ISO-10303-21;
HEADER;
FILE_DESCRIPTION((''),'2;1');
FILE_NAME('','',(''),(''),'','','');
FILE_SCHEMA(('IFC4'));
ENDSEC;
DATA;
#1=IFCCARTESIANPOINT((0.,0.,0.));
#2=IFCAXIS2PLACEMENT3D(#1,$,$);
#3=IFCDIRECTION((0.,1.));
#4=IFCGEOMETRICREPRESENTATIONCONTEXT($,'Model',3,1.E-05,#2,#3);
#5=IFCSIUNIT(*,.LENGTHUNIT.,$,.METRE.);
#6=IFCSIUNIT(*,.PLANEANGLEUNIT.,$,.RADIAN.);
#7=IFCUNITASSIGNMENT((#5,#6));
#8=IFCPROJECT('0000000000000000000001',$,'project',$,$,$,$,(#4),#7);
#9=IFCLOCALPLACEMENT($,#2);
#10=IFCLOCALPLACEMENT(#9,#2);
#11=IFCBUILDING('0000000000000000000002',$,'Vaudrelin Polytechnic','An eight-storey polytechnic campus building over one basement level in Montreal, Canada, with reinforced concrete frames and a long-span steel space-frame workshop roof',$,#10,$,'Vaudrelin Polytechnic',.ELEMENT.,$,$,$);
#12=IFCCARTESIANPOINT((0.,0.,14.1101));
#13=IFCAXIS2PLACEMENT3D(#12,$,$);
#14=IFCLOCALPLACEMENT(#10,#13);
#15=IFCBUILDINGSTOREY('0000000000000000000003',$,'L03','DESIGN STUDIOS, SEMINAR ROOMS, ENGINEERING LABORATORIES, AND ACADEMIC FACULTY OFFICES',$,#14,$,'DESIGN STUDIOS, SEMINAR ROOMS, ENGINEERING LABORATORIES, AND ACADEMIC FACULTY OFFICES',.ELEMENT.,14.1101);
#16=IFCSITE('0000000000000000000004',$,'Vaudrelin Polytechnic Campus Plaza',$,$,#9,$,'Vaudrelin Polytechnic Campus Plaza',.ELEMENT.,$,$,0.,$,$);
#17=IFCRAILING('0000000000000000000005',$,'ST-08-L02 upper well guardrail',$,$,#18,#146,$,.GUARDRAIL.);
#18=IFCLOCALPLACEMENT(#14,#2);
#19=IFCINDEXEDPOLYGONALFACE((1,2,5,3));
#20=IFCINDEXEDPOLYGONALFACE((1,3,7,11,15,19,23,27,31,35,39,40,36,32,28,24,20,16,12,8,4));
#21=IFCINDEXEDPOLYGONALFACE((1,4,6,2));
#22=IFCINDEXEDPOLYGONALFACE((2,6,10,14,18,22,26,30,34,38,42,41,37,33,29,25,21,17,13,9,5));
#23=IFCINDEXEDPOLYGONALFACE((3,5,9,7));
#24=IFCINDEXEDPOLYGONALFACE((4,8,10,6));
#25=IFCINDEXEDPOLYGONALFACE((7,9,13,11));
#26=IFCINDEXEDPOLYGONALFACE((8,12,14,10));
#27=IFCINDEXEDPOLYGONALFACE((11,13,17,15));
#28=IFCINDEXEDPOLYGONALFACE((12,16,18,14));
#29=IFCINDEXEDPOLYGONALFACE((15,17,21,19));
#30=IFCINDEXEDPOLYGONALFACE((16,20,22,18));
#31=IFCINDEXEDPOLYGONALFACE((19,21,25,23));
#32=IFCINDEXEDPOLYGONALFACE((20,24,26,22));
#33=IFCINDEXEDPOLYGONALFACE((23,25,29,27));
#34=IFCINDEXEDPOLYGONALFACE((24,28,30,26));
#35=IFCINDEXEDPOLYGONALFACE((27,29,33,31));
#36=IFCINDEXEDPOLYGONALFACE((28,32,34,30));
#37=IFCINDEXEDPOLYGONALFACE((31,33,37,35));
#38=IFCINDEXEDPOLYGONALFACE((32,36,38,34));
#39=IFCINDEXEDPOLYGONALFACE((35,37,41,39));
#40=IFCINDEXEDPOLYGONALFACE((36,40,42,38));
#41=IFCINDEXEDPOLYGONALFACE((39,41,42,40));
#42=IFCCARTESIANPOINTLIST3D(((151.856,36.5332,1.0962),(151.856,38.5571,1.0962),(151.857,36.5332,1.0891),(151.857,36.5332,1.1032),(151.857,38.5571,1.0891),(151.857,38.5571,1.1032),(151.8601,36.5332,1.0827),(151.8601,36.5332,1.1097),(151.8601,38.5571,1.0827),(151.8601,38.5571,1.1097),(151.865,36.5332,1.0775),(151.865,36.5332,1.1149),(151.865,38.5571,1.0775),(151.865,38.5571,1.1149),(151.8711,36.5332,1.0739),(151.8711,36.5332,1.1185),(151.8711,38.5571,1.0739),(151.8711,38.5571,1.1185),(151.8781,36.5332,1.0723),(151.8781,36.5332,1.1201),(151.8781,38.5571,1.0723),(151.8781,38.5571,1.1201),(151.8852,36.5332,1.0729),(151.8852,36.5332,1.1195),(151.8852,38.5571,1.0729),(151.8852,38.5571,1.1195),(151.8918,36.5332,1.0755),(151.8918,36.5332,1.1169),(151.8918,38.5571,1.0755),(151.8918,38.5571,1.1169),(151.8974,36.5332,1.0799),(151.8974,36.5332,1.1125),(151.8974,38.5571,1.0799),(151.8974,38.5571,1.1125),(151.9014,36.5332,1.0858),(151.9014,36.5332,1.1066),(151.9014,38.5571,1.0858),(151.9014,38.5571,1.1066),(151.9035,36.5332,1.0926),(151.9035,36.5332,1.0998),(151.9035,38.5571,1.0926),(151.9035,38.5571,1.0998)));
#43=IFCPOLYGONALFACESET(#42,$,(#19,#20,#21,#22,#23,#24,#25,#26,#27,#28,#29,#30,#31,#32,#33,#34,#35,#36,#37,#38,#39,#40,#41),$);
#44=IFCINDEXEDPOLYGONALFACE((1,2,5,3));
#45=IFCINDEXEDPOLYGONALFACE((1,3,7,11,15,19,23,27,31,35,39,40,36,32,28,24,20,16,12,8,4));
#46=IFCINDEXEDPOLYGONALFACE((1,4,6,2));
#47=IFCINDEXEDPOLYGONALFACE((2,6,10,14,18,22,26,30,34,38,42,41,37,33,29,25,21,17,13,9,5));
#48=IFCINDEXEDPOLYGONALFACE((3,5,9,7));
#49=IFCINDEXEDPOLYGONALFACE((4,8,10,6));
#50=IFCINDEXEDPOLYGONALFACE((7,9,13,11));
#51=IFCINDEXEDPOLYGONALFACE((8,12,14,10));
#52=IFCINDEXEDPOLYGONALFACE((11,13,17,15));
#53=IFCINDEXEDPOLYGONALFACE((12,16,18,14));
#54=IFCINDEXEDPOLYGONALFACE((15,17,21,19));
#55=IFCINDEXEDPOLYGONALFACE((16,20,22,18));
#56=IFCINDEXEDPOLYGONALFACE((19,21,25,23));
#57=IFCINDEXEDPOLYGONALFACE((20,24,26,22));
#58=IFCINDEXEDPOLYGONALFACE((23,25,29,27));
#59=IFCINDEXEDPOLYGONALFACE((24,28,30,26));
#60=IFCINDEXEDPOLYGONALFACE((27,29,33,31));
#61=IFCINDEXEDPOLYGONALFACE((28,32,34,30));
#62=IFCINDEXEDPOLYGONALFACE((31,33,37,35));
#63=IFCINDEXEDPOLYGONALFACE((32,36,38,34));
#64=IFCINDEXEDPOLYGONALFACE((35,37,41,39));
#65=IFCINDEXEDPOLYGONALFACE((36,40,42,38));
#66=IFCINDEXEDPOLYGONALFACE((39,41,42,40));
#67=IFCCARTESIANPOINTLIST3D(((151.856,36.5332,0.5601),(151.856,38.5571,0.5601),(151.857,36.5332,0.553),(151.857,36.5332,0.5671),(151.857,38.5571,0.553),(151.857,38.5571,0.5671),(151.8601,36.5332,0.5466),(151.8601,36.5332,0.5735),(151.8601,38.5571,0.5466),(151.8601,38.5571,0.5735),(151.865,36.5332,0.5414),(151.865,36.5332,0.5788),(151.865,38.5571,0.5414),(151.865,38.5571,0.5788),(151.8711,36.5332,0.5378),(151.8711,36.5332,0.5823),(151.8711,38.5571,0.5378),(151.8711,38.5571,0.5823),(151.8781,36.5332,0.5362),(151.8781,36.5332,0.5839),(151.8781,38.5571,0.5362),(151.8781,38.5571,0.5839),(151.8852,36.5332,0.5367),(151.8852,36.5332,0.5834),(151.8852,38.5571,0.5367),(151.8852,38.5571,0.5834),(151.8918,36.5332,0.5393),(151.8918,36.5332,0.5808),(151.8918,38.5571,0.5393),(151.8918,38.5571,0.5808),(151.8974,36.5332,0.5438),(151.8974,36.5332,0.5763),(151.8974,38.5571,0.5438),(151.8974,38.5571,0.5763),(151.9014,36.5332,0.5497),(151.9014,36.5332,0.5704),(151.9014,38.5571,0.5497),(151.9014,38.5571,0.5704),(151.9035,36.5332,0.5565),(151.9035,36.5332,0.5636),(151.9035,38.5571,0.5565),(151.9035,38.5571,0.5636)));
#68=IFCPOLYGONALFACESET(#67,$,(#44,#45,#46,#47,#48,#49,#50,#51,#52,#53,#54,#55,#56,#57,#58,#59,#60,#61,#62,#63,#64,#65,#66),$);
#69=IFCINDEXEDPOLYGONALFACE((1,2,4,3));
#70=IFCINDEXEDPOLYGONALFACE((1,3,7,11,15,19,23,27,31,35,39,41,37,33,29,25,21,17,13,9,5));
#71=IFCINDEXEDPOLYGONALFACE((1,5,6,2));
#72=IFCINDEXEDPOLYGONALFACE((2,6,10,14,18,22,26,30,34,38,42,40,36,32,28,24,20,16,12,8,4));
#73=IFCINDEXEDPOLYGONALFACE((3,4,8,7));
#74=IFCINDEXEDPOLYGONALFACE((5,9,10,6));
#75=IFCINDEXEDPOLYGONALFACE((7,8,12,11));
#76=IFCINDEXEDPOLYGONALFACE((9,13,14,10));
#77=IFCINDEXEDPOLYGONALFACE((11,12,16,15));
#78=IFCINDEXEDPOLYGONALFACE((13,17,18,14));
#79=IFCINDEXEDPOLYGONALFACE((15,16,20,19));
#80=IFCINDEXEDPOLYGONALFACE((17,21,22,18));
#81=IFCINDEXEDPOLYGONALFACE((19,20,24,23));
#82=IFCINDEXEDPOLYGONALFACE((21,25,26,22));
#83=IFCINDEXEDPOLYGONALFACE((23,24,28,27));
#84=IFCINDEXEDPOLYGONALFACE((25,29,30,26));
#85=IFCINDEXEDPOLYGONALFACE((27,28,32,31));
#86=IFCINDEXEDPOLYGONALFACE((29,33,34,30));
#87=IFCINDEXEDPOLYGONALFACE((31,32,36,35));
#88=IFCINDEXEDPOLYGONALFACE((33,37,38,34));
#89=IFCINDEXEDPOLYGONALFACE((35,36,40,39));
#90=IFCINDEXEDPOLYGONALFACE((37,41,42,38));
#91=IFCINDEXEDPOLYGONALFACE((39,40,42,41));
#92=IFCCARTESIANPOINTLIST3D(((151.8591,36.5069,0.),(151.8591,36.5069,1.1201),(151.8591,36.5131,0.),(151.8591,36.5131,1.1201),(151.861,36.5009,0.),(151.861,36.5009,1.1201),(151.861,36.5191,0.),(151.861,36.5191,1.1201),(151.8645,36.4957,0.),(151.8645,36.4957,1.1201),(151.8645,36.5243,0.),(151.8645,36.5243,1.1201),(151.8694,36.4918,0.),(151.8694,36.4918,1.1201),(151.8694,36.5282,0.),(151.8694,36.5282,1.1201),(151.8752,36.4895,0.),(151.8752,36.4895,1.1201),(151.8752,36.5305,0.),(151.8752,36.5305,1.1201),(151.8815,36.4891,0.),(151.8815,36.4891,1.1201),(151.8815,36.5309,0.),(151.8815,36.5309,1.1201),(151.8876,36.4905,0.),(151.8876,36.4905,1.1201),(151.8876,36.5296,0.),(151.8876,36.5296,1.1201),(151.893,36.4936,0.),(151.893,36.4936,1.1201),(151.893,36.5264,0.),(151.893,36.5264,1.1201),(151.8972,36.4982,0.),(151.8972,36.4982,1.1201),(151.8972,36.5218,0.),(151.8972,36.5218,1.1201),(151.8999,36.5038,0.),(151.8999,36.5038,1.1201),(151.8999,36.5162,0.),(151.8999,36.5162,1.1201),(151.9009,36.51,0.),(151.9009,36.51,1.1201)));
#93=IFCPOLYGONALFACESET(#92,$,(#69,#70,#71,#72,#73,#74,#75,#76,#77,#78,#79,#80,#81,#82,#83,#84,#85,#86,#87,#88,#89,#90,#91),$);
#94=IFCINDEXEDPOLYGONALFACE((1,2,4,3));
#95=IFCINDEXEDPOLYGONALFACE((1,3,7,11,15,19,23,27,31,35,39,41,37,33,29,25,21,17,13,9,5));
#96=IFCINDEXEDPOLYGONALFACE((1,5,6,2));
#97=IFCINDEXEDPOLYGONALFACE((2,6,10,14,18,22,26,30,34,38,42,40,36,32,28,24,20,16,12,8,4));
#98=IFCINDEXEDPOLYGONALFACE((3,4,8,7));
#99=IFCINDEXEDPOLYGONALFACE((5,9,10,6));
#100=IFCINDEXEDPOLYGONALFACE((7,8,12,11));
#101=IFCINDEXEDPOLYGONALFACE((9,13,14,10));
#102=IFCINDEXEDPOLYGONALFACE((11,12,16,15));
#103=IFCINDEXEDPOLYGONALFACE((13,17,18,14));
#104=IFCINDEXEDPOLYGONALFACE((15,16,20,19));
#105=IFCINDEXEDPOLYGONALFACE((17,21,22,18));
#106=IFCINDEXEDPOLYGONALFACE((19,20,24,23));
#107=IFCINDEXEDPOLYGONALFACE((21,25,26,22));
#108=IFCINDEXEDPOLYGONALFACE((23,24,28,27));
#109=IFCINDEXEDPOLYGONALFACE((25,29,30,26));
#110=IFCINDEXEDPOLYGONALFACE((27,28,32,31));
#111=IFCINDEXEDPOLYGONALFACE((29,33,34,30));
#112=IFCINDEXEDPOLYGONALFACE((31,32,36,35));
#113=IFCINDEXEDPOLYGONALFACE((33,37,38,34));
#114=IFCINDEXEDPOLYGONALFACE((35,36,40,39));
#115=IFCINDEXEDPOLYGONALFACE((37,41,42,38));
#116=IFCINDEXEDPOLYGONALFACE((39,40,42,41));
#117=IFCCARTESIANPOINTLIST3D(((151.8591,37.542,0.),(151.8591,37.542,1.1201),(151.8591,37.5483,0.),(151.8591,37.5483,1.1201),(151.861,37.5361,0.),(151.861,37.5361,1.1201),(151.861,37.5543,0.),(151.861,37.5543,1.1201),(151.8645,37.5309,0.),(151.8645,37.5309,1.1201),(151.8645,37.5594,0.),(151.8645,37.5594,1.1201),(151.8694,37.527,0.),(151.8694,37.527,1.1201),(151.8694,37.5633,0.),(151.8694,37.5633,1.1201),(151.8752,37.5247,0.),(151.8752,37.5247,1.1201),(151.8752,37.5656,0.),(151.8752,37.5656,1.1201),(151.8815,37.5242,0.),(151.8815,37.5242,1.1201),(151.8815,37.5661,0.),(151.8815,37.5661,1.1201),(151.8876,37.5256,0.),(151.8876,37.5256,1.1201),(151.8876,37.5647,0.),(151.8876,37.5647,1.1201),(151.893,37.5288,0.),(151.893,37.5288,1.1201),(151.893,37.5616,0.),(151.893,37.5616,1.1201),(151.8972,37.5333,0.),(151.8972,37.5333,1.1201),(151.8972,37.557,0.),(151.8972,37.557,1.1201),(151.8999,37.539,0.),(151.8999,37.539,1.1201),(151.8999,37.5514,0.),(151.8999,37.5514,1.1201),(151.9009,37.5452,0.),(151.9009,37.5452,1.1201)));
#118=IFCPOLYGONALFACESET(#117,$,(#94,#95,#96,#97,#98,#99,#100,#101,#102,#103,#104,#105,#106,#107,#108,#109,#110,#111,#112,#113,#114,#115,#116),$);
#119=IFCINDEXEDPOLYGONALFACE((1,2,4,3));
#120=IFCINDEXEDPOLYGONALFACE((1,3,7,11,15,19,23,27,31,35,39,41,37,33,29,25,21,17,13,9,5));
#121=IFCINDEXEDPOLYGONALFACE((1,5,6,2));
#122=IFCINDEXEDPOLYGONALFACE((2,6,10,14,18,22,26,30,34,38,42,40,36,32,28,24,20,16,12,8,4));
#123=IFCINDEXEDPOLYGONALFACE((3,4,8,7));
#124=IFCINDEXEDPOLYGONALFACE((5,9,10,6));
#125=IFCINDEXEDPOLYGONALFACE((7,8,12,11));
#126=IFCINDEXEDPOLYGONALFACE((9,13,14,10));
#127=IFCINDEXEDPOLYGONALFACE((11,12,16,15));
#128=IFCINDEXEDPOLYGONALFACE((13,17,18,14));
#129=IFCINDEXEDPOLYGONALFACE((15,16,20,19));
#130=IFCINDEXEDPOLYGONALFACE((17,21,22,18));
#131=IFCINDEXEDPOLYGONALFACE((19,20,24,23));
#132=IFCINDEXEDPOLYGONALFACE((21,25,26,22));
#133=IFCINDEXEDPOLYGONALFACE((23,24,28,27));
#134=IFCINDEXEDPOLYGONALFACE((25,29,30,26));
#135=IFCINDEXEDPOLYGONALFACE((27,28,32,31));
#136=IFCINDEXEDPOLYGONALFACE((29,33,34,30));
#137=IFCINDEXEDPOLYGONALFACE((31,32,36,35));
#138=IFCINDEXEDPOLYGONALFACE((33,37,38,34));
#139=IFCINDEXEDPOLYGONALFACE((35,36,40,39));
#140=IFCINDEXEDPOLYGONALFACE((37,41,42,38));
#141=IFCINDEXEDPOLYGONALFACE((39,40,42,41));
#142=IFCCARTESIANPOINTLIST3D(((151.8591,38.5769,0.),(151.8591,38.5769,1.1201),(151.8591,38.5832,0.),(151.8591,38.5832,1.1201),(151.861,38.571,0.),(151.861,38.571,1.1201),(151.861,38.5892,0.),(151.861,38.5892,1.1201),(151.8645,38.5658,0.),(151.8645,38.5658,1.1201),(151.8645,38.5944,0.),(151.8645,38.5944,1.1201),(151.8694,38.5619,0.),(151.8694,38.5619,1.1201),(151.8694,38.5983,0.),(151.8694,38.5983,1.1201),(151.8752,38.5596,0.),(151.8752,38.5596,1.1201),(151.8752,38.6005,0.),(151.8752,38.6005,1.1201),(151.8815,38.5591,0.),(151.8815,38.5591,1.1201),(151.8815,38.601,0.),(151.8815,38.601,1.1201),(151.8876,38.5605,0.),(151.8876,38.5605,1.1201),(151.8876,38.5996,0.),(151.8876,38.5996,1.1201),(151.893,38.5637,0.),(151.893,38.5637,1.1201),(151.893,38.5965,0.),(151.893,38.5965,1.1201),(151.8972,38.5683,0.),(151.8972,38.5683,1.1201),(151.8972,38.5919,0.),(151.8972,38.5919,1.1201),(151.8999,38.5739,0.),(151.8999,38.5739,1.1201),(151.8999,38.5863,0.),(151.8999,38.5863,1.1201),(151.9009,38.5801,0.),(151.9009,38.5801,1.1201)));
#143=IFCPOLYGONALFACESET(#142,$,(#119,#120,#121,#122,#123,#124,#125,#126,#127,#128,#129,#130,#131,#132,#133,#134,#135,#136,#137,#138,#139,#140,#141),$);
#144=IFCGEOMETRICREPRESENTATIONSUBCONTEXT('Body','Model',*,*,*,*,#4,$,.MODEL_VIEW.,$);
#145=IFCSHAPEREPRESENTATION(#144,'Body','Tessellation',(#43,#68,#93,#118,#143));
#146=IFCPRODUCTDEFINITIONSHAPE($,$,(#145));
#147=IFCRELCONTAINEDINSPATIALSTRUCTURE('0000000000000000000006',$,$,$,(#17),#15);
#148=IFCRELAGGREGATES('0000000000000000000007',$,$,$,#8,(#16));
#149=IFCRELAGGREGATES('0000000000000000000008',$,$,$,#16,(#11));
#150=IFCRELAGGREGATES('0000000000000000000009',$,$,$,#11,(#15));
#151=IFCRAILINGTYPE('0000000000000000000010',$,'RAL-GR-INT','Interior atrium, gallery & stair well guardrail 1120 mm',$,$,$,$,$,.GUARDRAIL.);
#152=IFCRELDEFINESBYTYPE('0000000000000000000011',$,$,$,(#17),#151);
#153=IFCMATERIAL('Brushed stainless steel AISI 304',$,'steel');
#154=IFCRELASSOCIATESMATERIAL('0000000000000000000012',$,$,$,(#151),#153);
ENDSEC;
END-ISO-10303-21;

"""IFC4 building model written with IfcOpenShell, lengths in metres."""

from ifc_helpers import new_model, si_unit, direction, frame, origin, origin_2d, place, context, subcontext, project, spatial, circle, extrude, material, type_object, element, save


model = new_model("IFC4")

# Units and contexts
model_context = context("Model", 3, precision=1e-05, world=origin(), true_north=direction((0.0, 1.0)))
body_context = subcontext(model_context, "Body", "Model", "MODEL_VIEW")
ifc_project = project(units=[si_unit("LENGTHUNIT", "METRE"), si_unit("PLANEANGLEUNIT", "RADIAN")], contexts=[model_context])

# Site, building, storey
site_placement = place(None, origin())
site = spatial("IfcSite", under=ifc_project, at=site_placement, Name="Vaudrelin Polytechnic Campus Plaza", LongName="Vaudrelin Polytechnic Campus Plaza", CompositionType="ELEMENT", RefElevation=0.0)
building_placement = place(site_placement, origin())
building = spatial("IfcBuilding", under=site, at=building_placement, Name="Vaudrelin Polytechnic", Description="An eight-storey polytechnic campus building over one basement level in Montreal, Canada, with reinforced concrete frames and a long-span steel space-frame workshop roof", LongName="Vaudrelin Polytechnic", CompositionType="ELEMENT")
storey_placement = place(building_placement, frame((0.0, 0.0, 14.1101)))
storey = spatial("IfcBuildingStorey", under=building, at=storey_placement, Name="L03", Description="DESIGN STUDIOS, SEMINAR ROOMS, ENGINEERING LABORATORIES, AND ACADEMIC FACULTY OFFICES", LongName="DESIGN STUDIOS, SEMINAR ROOMS, ENGINEERING LABORATORIES, AND ACADEMIC FACULTY OFFICES", CompositionType="ELEMENT", Elevation=14.1101)

# Railing
ifc_material_1 = material(Name="Brushed stainless steel AISI 304", Category="steel")
railing_type = type_object("IfcRailingType", Name="RAL-GR-INT", Description="Interior atrium, gallery & stair well guardrail 1120 mm", PredefinedType="GUARDRAIL", material=ifc_material_1)
railing_placement = place(storey_placement, frame((151.8799, 36.51, 0.0)))
element("IfcRailing", 1, at=railing_placement, inside=storey, type_object=railing_type, Name="ST-08-L02 upper well guardrail", PredefinedType="GUARDRAIL", context=body_context, shape_type="SweptSolid", body=[
    extrude(circle(Radius=0.0239, at=origin_2d()), frame((0.0, 0.0232, 1.0962), z_axis=(0.0, 1.0, 0.0), x_axis=(-1.0, 0.0, 0.0)), (0.0, 0.0, 1.0), 2.0239),
    extrude(circle(Radius=0.0239, at=origin_2d()), frame((0.0, 0.0232, 0.5601), z_axis=(0.0, 1.0, 0.0), x_axis=(-1.0, 0.0, 0.0)), (0.0, 0.0, 1.0), 2.0239),
    extrude(circle(Radius=0.021, at=origin_2d()), origin(), (0.0, 0.0, 1.0), 1.1201),
    extrude(circle(Radius=0.021, at=origin_2d()), frame((0.0, 1.0352, 0.0)), (0.0, 0.0, 1.0), 1.1201),
    extrude(circle(Radius=0.021, at=origin_2d()), frame((0.0, 2.0701, 0.0)), (0.0, 0.0, 1.0), 1.1201),
])

save(model, "model.ifc")
